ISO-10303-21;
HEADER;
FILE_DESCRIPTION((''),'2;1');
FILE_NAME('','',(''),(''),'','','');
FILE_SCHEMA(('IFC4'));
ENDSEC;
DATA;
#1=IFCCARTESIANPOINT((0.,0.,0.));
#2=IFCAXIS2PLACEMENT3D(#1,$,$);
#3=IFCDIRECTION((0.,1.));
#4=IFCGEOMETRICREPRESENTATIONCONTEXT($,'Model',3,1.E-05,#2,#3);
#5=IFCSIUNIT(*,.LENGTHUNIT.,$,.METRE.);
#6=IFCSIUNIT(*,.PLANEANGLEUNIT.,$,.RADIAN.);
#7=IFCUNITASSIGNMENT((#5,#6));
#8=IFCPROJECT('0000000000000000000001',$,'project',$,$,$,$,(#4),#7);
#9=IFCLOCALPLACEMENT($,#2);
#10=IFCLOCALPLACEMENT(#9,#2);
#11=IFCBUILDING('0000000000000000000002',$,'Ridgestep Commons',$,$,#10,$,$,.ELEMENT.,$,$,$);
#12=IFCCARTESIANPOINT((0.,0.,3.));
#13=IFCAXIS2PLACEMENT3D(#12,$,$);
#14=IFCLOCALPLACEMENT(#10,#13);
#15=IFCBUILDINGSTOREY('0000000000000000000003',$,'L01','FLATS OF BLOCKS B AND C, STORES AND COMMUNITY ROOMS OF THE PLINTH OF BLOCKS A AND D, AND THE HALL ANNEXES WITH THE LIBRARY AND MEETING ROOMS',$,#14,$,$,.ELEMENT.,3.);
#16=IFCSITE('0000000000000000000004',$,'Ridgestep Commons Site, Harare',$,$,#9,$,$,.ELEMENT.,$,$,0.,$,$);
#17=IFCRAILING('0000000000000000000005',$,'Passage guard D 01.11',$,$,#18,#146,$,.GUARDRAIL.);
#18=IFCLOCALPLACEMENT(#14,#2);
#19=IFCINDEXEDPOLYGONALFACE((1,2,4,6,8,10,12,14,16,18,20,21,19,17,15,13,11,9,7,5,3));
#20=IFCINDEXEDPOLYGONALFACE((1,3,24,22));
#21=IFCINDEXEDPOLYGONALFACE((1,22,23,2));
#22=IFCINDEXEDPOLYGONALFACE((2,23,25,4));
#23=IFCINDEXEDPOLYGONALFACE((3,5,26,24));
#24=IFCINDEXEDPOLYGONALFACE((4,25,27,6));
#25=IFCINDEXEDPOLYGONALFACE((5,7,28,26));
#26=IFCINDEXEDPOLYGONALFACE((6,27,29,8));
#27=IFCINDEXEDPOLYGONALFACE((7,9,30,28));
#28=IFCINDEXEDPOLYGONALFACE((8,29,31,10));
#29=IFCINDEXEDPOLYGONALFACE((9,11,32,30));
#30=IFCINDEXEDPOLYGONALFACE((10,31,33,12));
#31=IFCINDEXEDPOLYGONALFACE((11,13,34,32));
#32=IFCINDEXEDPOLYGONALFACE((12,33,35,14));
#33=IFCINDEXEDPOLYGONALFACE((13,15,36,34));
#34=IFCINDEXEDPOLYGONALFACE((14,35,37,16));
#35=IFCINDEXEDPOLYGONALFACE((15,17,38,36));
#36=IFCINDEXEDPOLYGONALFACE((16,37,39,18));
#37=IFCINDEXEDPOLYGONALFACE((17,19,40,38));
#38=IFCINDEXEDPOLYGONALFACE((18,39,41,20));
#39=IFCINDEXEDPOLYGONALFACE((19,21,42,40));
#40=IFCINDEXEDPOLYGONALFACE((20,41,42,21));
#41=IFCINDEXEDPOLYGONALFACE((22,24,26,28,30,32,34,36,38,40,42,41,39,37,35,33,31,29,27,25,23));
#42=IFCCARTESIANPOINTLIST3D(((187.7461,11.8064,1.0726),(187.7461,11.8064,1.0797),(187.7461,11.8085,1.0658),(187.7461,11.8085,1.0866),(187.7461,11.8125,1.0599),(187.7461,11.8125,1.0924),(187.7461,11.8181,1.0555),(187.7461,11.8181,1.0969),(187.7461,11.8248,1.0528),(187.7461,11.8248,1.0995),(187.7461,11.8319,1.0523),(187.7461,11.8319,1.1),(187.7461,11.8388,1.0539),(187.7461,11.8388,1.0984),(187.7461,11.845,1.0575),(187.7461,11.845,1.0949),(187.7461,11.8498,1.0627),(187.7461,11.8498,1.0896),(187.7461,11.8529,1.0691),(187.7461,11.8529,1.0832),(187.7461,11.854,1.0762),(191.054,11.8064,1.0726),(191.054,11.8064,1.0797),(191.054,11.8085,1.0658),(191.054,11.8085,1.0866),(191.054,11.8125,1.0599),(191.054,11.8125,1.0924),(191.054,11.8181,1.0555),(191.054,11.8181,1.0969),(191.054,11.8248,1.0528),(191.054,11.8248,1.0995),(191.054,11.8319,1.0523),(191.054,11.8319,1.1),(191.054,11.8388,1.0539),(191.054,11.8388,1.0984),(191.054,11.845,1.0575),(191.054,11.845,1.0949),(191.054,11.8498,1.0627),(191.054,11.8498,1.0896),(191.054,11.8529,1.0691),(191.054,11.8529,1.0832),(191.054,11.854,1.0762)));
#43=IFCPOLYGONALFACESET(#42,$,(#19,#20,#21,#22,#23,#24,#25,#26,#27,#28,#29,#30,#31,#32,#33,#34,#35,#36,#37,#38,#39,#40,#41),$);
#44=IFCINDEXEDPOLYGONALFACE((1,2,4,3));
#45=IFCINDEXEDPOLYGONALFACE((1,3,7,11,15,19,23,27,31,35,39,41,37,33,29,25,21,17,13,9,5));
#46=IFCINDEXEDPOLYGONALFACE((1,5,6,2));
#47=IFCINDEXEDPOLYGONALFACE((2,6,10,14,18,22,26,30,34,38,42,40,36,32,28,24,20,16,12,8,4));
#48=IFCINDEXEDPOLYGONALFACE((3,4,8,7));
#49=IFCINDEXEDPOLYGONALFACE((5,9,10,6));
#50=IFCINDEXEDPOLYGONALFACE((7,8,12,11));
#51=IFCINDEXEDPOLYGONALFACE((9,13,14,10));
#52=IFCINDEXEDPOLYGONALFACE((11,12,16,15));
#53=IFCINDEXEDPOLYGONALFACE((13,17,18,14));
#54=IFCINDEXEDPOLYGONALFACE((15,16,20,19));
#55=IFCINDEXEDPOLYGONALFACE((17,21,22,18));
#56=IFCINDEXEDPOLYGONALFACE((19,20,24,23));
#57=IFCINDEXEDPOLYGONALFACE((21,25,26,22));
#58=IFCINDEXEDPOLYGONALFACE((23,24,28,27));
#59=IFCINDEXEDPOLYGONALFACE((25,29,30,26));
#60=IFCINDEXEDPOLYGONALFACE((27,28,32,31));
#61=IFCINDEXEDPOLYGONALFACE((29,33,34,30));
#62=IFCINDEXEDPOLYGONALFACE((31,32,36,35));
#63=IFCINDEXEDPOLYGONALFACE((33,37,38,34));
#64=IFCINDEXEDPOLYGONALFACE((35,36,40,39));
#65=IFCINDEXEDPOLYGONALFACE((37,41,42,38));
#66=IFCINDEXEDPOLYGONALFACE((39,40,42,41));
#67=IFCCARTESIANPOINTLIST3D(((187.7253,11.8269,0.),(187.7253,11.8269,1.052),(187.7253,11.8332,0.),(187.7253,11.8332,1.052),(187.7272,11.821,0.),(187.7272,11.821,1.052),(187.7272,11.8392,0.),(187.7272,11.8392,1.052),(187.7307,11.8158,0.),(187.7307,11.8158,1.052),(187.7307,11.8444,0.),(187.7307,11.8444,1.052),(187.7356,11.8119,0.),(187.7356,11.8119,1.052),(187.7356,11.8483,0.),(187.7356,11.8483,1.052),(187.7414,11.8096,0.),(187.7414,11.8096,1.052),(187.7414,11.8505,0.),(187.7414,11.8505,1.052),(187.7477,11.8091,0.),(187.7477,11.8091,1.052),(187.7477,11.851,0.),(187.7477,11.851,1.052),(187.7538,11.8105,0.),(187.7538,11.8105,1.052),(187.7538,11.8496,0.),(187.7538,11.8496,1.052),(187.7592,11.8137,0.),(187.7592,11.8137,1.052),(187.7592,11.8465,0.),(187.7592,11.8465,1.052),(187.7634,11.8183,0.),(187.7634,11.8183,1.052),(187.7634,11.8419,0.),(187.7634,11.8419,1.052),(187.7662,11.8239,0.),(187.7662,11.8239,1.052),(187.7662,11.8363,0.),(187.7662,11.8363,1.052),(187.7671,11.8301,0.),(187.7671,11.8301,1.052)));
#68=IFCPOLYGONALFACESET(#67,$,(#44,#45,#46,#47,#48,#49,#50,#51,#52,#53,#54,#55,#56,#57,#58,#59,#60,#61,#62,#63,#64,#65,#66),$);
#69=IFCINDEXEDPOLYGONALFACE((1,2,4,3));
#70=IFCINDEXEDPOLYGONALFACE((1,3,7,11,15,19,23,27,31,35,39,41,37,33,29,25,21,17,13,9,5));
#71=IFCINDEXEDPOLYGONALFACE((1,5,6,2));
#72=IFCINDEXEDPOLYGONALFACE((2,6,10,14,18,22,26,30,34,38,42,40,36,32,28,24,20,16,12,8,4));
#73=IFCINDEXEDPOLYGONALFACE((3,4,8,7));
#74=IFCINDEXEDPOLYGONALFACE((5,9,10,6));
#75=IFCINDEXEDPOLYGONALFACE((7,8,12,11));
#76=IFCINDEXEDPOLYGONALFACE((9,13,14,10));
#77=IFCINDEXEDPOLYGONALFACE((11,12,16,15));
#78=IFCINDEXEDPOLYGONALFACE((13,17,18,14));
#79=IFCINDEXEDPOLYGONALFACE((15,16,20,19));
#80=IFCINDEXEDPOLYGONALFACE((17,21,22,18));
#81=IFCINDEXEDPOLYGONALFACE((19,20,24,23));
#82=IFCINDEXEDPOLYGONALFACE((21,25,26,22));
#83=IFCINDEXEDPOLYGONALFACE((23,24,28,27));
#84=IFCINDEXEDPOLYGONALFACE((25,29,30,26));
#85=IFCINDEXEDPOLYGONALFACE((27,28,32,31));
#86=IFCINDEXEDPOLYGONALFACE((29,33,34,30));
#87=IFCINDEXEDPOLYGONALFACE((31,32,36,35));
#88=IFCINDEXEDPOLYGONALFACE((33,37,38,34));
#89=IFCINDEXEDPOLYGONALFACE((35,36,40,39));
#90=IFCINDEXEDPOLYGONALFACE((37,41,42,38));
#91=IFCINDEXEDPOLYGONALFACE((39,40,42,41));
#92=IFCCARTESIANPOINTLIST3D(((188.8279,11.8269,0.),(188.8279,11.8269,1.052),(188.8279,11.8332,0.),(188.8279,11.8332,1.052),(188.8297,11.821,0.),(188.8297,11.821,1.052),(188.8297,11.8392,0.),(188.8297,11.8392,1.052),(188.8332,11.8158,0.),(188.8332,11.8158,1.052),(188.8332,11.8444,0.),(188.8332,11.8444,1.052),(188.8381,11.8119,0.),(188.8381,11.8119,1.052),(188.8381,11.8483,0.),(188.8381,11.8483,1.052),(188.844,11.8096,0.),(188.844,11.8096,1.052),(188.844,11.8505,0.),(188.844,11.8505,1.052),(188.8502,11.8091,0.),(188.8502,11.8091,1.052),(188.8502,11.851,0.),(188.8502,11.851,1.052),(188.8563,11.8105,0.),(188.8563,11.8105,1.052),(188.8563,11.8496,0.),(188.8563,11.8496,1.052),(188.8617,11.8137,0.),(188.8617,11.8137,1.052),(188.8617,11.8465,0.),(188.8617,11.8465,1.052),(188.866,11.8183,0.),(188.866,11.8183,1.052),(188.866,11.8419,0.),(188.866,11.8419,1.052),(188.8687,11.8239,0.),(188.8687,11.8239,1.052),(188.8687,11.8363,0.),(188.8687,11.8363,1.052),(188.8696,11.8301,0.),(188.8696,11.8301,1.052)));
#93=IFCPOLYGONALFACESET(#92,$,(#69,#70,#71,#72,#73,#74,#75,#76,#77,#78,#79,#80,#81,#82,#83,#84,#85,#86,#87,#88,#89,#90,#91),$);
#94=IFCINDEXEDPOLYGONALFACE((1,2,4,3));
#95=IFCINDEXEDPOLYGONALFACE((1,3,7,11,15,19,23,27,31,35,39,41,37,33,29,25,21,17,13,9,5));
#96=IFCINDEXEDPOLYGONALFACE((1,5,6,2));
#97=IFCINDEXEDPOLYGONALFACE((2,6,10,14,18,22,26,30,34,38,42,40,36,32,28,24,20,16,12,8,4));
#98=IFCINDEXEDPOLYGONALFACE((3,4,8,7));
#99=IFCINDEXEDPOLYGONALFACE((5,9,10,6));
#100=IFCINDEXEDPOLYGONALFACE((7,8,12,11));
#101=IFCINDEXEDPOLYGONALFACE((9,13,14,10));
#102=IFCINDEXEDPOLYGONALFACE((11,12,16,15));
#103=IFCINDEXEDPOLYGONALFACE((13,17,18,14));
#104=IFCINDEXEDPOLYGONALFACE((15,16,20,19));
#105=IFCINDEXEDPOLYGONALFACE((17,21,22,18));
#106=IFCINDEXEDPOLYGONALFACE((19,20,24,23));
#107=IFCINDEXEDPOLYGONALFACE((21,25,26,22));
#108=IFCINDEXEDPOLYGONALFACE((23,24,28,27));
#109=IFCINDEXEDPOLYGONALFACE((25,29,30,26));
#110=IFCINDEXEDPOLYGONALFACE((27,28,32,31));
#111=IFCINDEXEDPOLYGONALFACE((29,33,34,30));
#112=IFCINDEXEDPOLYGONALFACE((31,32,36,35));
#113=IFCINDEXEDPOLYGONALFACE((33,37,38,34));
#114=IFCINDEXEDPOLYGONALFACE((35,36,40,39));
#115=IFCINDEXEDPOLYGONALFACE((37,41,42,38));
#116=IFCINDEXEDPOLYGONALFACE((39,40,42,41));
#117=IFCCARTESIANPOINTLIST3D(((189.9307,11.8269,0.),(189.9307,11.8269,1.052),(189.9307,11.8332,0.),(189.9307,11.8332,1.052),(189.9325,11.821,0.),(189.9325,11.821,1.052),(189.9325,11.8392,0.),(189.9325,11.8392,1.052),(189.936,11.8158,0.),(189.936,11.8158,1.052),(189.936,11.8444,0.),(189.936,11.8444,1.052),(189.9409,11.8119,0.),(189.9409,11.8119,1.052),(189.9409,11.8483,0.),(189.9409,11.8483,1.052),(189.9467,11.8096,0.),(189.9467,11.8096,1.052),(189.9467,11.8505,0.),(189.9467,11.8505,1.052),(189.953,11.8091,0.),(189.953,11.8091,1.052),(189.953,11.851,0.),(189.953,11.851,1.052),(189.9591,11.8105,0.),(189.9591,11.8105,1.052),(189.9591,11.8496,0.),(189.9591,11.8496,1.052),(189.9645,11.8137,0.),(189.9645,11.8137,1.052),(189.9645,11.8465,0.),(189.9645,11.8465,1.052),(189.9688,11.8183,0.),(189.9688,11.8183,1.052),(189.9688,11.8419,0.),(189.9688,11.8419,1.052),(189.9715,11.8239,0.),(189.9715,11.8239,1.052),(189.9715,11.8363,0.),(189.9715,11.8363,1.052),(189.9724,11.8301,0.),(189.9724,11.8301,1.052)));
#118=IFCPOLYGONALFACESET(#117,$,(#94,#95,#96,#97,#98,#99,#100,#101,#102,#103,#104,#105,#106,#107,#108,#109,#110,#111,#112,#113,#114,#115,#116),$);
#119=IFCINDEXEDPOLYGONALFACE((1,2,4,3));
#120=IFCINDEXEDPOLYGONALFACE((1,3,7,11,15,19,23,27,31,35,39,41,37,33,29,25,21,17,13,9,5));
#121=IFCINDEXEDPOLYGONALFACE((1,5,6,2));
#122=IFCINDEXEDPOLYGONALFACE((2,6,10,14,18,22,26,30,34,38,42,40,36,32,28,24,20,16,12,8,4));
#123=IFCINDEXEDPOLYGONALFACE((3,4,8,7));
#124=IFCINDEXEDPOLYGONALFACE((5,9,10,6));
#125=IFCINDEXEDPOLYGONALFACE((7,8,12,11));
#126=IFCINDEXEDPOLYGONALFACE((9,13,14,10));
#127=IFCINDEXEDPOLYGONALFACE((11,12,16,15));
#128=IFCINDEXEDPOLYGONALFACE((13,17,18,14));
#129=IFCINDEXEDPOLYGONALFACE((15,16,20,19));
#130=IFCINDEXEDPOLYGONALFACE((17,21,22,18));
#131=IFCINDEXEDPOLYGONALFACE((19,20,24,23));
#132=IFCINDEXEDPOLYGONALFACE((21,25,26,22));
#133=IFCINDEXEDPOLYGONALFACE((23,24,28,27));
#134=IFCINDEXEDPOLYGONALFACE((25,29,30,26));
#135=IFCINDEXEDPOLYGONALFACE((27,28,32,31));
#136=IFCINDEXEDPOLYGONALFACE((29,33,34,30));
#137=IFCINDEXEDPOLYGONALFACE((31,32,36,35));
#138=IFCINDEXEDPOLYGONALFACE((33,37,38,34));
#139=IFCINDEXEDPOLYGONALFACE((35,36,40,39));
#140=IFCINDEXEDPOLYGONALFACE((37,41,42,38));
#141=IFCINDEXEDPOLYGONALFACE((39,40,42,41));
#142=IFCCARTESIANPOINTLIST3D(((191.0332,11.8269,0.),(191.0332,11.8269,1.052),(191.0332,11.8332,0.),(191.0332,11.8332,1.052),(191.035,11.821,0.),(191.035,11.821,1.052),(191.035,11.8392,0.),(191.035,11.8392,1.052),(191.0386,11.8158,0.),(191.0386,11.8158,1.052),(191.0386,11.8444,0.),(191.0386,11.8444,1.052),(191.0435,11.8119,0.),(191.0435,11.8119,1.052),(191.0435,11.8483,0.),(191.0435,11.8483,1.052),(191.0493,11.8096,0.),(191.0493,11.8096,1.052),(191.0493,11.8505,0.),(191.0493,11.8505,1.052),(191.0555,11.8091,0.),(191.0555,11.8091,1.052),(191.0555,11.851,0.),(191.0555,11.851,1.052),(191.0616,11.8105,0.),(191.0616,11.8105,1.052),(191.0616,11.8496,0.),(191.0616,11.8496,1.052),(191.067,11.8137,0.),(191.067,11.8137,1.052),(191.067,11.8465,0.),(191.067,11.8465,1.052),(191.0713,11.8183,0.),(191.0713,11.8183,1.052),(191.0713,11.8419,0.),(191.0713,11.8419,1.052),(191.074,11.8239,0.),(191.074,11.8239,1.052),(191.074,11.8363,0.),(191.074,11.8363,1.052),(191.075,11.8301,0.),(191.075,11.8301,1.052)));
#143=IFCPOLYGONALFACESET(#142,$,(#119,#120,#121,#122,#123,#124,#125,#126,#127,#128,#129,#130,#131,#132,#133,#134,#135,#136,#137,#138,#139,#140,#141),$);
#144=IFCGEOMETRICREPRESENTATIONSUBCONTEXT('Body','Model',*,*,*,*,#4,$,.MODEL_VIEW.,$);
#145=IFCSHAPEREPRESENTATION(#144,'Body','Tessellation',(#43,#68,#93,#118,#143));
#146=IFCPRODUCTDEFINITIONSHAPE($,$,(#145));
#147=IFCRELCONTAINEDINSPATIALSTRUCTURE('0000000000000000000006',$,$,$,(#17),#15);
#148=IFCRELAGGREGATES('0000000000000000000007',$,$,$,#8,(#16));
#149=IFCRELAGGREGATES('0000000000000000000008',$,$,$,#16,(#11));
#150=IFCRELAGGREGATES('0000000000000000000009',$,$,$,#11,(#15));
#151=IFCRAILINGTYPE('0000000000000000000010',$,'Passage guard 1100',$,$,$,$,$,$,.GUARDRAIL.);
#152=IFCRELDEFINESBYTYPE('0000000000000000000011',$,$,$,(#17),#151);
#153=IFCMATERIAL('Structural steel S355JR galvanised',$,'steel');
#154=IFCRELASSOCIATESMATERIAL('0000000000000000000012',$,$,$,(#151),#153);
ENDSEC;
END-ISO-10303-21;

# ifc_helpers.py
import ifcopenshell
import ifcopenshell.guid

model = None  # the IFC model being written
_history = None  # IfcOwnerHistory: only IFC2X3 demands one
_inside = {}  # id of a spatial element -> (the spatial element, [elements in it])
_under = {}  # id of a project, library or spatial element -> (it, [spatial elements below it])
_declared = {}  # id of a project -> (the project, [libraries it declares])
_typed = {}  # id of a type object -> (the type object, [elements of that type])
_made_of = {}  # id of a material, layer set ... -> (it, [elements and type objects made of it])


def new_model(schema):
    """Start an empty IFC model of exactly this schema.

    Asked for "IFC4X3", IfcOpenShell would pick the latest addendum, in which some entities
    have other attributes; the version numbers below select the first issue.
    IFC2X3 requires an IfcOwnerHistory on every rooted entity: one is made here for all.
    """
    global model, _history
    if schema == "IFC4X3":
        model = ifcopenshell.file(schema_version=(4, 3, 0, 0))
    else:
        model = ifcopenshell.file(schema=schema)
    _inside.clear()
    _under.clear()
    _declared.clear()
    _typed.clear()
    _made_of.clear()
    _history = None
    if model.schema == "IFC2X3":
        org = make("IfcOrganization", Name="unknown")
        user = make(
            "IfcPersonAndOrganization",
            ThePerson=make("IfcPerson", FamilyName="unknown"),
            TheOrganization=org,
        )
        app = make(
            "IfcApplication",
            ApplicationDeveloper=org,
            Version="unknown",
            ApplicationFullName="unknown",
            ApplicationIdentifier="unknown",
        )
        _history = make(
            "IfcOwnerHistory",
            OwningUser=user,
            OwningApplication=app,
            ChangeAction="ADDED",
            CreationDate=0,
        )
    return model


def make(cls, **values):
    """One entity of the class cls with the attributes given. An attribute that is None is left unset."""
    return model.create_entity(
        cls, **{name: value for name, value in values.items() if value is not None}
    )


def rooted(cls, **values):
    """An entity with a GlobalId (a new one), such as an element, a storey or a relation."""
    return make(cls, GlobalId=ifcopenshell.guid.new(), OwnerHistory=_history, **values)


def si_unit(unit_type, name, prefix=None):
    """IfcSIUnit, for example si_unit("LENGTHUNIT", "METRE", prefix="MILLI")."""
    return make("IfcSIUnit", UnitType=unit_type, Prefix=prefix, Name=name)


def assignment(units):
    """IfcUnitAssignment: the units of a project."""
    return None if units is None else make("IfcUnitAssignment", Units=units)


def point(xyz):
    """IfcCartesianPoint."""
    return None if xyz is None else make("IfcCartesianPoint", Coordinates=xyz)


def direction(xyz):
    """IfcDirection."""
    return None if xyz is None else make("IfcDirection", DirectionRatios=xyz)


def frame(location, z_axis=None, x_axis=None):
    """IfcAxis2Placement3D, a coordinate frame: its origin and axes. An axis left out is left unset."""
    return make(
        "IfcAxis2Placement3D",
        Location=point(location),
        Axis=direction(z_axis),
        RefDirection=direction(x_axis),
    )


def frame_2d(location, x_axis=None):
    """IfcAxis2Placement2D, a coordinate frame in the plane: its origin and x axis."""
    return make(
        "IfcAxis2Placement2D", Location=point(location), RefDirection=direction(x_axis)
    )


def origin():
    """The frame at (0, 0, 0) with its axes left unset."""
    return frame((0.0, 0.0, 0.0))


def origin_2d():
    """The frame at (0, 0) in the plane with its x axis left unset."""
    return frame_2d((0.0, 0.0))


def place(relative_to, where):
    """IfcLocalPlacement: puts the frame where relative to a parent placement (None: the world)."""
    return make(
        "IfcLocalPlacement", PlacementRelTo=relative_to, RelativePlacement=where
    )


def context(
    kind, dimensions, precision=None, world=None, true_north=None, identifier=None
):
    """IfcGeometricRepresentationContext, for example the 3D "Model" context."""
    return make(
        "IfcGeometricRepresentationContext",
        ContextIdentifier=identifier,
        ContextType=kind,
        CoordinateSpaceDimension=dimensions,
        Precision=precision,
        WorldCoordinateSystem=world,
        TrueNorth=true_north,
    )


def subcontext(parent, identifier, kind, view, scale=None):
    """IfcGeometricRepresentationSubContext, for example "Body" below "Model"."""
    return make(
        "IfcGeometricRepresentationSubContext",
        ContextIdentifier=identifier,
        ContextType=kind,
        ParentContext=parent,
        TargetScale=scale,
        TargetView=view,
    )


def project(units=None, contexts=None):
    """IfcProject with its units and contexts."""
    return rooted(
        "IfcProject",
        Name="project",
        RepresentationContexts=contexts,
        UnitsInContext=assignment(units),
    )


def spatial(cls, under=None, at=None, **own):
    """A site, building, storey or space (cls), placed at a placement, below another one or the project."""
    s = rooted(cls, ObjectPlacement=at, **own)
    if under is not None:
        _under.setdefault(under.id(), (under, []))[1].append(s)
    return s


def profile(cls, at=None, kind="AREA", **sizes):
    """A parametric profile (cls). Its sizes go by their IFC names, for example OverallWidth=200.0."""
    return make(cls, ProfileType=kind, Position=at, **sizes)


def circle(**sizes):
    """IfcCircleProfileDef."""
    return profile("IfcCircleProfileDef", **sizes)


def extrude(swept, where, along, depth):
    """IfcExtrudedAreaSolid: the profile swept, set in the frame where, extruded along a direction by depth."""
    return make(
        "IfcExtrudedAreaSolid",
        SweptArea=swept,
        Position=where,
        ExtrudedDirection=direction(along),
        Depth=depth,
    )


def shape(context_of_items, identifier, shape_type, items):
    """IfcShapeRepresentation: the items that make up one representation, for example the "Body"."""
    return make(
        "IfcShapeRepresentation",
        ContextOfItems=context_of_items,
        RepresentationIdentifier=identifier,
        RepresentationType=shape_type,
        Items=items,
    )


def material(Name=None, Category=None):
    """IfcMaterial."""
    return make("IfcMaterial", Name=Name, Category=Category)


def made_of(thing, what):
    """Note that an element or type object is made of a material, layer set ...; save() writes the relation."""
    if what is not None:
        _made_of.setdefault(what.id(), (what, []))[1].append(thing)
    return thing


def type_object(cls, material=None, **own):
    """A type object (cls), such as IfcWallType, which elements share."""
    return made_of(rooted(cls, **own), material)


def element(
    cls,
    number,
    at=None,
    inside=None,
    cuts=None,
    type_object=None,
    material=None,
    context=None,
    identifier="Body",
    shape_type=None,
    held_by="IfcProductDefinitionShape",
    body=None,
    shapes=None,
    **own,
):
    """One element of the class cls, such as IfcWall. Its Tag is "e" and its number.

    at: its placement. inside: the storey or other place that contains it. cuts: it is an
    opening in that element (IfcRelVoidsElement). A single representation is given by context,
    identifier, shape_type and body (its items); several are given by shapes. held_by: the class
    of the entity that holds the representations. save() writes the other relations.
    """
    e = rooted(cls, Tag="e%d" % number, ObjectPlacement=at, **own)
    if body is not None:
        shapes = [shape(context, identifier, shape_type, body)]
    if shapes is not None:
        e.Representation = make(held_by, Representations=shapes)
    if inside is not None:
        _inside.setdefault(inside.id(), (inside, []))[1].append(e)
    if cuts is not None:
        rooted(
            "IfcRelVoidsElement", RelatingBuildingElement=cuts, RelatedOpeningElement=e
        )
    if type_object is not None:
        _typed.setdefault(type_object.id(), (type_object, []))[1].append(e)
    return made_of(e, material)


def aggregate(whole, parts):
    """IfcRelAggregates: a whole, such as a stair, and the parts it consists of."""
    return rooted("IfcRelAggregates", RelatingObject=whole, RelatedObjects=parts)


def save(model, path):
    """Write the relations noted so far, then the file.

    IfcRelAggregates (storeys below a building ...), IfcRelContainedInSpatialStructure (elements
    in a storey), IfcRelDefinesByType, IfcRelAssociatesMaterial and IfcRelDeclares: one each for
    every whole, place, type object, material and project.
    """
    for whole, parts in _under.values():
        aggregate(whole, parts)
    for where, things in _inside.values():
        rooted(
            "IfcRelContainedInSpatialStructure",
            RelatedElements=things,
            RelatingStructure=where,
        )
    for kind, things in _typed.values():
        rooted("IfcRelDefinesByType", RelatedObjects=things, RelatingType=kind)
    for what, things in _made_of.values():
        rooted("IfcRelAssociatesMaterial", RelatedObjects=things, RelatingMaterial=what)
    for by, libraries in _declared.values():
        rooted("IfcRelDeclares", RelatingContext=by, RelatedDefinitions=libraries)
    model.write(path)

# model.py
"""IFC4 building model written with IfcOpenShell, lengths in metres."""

from ifc_helpers import new_model, si_unit, direction, frame, origin, origin_2d, place, context, subcontext, project, spatial, circle, extrude, material, type_object, element, save


model = new_model("IFC4")

# Units and contexts
model_context = context("Model", 3, precision=1e-05, world=origin(), true_north=direction((0.0, 1.0)))
body_context = subcontext(model_context, "Body", "Model", "MODEL_VIEW")
ifc_project = project(units=[si_unit("LENGTHUNIT", "METRE"), si_unit("PLANEANGLEUNIT", "RADIAN")], contexts=[model_context])

# Site, building, storey
site_placement = place(None, origin())
site = spatial("IfcSite", under=ifc_project, at=site_placement, Name="Ridgestep Commons Site, Harare", CompositionType="ELEMENT", RefElevation=0.0)
building_placement = place(site_placement, origin())
building = spatial("IfcBuilding", under=site, at=building_placement, Name="Ridgestep Commons", CompositionType="ELEMENT")
storey_placement = place(building_placement, frame((0.0, 0.0, 3.0)))
storey = spatial("IfcBuildingStorey", under=building, at=storey_placement, Name="L01", Description="FLATS OF BLOCKS B AND C, STORES AND COMMUNITY ROOMS OF THE PLINTH OF BLOCKS A AND D, AND THE HALL ANNEXES WITH THE LIBRARY AND MEETING ROOMS", CompositionType="ELEMENT", Elevation=3.0)

# Railing
ifc_material_1 = material(Name="Structural steel S355JR galvanised", Category="steel")
railing_type = type_object("IfcRailingType", Name="Passage guard 1100", PredefinedType="GUARDRAIL", material=ifc_material_1)
railing_1_placement = place(storey_placement, frame((187.7461, 11.8301, 0.0)))
element("IfcRailing", 1, at=railing_1_placement, inside=storey, type_object=railing_type, Name="Passage guard D 01.11", PredefinedType="GUARDRAIL", context=body_context, shape_type="SweptSolid", body=[
    extrude(circle(Radius=0.0239, at=origin_2d()), frame((0.0, 0.0, 1.0762), z_axis=(1.0, 0.0, 0.0), x_axis=(0.0, 1.0, 0.0)), (0.0, 0.0, 1.0), 3.3079),
    extrude(circle(Radius=0.021, at=origin_2d()), origin(), (0.0, 0.0, 1.0), 1.052),
    extrude(circle(Radius=0.021, at=origin_2d()), frame((1.1025, 0.0, 0.0)), (0.0, 0.0, 1.0), 1.052),
    extrude(circle(Radius=0.021, at=origin_2d()), frame((2.2053, 0.0, 0.0)), (0.0, 0.0, 1.0), 1.052),
    extrude(circle(Radius=0.021, at=origin_2d()), frame((3.3079, 0.0, 0.0)), (0.0, 0.0, 1.0), 1.052),
])

save(model, "model.ifc")
